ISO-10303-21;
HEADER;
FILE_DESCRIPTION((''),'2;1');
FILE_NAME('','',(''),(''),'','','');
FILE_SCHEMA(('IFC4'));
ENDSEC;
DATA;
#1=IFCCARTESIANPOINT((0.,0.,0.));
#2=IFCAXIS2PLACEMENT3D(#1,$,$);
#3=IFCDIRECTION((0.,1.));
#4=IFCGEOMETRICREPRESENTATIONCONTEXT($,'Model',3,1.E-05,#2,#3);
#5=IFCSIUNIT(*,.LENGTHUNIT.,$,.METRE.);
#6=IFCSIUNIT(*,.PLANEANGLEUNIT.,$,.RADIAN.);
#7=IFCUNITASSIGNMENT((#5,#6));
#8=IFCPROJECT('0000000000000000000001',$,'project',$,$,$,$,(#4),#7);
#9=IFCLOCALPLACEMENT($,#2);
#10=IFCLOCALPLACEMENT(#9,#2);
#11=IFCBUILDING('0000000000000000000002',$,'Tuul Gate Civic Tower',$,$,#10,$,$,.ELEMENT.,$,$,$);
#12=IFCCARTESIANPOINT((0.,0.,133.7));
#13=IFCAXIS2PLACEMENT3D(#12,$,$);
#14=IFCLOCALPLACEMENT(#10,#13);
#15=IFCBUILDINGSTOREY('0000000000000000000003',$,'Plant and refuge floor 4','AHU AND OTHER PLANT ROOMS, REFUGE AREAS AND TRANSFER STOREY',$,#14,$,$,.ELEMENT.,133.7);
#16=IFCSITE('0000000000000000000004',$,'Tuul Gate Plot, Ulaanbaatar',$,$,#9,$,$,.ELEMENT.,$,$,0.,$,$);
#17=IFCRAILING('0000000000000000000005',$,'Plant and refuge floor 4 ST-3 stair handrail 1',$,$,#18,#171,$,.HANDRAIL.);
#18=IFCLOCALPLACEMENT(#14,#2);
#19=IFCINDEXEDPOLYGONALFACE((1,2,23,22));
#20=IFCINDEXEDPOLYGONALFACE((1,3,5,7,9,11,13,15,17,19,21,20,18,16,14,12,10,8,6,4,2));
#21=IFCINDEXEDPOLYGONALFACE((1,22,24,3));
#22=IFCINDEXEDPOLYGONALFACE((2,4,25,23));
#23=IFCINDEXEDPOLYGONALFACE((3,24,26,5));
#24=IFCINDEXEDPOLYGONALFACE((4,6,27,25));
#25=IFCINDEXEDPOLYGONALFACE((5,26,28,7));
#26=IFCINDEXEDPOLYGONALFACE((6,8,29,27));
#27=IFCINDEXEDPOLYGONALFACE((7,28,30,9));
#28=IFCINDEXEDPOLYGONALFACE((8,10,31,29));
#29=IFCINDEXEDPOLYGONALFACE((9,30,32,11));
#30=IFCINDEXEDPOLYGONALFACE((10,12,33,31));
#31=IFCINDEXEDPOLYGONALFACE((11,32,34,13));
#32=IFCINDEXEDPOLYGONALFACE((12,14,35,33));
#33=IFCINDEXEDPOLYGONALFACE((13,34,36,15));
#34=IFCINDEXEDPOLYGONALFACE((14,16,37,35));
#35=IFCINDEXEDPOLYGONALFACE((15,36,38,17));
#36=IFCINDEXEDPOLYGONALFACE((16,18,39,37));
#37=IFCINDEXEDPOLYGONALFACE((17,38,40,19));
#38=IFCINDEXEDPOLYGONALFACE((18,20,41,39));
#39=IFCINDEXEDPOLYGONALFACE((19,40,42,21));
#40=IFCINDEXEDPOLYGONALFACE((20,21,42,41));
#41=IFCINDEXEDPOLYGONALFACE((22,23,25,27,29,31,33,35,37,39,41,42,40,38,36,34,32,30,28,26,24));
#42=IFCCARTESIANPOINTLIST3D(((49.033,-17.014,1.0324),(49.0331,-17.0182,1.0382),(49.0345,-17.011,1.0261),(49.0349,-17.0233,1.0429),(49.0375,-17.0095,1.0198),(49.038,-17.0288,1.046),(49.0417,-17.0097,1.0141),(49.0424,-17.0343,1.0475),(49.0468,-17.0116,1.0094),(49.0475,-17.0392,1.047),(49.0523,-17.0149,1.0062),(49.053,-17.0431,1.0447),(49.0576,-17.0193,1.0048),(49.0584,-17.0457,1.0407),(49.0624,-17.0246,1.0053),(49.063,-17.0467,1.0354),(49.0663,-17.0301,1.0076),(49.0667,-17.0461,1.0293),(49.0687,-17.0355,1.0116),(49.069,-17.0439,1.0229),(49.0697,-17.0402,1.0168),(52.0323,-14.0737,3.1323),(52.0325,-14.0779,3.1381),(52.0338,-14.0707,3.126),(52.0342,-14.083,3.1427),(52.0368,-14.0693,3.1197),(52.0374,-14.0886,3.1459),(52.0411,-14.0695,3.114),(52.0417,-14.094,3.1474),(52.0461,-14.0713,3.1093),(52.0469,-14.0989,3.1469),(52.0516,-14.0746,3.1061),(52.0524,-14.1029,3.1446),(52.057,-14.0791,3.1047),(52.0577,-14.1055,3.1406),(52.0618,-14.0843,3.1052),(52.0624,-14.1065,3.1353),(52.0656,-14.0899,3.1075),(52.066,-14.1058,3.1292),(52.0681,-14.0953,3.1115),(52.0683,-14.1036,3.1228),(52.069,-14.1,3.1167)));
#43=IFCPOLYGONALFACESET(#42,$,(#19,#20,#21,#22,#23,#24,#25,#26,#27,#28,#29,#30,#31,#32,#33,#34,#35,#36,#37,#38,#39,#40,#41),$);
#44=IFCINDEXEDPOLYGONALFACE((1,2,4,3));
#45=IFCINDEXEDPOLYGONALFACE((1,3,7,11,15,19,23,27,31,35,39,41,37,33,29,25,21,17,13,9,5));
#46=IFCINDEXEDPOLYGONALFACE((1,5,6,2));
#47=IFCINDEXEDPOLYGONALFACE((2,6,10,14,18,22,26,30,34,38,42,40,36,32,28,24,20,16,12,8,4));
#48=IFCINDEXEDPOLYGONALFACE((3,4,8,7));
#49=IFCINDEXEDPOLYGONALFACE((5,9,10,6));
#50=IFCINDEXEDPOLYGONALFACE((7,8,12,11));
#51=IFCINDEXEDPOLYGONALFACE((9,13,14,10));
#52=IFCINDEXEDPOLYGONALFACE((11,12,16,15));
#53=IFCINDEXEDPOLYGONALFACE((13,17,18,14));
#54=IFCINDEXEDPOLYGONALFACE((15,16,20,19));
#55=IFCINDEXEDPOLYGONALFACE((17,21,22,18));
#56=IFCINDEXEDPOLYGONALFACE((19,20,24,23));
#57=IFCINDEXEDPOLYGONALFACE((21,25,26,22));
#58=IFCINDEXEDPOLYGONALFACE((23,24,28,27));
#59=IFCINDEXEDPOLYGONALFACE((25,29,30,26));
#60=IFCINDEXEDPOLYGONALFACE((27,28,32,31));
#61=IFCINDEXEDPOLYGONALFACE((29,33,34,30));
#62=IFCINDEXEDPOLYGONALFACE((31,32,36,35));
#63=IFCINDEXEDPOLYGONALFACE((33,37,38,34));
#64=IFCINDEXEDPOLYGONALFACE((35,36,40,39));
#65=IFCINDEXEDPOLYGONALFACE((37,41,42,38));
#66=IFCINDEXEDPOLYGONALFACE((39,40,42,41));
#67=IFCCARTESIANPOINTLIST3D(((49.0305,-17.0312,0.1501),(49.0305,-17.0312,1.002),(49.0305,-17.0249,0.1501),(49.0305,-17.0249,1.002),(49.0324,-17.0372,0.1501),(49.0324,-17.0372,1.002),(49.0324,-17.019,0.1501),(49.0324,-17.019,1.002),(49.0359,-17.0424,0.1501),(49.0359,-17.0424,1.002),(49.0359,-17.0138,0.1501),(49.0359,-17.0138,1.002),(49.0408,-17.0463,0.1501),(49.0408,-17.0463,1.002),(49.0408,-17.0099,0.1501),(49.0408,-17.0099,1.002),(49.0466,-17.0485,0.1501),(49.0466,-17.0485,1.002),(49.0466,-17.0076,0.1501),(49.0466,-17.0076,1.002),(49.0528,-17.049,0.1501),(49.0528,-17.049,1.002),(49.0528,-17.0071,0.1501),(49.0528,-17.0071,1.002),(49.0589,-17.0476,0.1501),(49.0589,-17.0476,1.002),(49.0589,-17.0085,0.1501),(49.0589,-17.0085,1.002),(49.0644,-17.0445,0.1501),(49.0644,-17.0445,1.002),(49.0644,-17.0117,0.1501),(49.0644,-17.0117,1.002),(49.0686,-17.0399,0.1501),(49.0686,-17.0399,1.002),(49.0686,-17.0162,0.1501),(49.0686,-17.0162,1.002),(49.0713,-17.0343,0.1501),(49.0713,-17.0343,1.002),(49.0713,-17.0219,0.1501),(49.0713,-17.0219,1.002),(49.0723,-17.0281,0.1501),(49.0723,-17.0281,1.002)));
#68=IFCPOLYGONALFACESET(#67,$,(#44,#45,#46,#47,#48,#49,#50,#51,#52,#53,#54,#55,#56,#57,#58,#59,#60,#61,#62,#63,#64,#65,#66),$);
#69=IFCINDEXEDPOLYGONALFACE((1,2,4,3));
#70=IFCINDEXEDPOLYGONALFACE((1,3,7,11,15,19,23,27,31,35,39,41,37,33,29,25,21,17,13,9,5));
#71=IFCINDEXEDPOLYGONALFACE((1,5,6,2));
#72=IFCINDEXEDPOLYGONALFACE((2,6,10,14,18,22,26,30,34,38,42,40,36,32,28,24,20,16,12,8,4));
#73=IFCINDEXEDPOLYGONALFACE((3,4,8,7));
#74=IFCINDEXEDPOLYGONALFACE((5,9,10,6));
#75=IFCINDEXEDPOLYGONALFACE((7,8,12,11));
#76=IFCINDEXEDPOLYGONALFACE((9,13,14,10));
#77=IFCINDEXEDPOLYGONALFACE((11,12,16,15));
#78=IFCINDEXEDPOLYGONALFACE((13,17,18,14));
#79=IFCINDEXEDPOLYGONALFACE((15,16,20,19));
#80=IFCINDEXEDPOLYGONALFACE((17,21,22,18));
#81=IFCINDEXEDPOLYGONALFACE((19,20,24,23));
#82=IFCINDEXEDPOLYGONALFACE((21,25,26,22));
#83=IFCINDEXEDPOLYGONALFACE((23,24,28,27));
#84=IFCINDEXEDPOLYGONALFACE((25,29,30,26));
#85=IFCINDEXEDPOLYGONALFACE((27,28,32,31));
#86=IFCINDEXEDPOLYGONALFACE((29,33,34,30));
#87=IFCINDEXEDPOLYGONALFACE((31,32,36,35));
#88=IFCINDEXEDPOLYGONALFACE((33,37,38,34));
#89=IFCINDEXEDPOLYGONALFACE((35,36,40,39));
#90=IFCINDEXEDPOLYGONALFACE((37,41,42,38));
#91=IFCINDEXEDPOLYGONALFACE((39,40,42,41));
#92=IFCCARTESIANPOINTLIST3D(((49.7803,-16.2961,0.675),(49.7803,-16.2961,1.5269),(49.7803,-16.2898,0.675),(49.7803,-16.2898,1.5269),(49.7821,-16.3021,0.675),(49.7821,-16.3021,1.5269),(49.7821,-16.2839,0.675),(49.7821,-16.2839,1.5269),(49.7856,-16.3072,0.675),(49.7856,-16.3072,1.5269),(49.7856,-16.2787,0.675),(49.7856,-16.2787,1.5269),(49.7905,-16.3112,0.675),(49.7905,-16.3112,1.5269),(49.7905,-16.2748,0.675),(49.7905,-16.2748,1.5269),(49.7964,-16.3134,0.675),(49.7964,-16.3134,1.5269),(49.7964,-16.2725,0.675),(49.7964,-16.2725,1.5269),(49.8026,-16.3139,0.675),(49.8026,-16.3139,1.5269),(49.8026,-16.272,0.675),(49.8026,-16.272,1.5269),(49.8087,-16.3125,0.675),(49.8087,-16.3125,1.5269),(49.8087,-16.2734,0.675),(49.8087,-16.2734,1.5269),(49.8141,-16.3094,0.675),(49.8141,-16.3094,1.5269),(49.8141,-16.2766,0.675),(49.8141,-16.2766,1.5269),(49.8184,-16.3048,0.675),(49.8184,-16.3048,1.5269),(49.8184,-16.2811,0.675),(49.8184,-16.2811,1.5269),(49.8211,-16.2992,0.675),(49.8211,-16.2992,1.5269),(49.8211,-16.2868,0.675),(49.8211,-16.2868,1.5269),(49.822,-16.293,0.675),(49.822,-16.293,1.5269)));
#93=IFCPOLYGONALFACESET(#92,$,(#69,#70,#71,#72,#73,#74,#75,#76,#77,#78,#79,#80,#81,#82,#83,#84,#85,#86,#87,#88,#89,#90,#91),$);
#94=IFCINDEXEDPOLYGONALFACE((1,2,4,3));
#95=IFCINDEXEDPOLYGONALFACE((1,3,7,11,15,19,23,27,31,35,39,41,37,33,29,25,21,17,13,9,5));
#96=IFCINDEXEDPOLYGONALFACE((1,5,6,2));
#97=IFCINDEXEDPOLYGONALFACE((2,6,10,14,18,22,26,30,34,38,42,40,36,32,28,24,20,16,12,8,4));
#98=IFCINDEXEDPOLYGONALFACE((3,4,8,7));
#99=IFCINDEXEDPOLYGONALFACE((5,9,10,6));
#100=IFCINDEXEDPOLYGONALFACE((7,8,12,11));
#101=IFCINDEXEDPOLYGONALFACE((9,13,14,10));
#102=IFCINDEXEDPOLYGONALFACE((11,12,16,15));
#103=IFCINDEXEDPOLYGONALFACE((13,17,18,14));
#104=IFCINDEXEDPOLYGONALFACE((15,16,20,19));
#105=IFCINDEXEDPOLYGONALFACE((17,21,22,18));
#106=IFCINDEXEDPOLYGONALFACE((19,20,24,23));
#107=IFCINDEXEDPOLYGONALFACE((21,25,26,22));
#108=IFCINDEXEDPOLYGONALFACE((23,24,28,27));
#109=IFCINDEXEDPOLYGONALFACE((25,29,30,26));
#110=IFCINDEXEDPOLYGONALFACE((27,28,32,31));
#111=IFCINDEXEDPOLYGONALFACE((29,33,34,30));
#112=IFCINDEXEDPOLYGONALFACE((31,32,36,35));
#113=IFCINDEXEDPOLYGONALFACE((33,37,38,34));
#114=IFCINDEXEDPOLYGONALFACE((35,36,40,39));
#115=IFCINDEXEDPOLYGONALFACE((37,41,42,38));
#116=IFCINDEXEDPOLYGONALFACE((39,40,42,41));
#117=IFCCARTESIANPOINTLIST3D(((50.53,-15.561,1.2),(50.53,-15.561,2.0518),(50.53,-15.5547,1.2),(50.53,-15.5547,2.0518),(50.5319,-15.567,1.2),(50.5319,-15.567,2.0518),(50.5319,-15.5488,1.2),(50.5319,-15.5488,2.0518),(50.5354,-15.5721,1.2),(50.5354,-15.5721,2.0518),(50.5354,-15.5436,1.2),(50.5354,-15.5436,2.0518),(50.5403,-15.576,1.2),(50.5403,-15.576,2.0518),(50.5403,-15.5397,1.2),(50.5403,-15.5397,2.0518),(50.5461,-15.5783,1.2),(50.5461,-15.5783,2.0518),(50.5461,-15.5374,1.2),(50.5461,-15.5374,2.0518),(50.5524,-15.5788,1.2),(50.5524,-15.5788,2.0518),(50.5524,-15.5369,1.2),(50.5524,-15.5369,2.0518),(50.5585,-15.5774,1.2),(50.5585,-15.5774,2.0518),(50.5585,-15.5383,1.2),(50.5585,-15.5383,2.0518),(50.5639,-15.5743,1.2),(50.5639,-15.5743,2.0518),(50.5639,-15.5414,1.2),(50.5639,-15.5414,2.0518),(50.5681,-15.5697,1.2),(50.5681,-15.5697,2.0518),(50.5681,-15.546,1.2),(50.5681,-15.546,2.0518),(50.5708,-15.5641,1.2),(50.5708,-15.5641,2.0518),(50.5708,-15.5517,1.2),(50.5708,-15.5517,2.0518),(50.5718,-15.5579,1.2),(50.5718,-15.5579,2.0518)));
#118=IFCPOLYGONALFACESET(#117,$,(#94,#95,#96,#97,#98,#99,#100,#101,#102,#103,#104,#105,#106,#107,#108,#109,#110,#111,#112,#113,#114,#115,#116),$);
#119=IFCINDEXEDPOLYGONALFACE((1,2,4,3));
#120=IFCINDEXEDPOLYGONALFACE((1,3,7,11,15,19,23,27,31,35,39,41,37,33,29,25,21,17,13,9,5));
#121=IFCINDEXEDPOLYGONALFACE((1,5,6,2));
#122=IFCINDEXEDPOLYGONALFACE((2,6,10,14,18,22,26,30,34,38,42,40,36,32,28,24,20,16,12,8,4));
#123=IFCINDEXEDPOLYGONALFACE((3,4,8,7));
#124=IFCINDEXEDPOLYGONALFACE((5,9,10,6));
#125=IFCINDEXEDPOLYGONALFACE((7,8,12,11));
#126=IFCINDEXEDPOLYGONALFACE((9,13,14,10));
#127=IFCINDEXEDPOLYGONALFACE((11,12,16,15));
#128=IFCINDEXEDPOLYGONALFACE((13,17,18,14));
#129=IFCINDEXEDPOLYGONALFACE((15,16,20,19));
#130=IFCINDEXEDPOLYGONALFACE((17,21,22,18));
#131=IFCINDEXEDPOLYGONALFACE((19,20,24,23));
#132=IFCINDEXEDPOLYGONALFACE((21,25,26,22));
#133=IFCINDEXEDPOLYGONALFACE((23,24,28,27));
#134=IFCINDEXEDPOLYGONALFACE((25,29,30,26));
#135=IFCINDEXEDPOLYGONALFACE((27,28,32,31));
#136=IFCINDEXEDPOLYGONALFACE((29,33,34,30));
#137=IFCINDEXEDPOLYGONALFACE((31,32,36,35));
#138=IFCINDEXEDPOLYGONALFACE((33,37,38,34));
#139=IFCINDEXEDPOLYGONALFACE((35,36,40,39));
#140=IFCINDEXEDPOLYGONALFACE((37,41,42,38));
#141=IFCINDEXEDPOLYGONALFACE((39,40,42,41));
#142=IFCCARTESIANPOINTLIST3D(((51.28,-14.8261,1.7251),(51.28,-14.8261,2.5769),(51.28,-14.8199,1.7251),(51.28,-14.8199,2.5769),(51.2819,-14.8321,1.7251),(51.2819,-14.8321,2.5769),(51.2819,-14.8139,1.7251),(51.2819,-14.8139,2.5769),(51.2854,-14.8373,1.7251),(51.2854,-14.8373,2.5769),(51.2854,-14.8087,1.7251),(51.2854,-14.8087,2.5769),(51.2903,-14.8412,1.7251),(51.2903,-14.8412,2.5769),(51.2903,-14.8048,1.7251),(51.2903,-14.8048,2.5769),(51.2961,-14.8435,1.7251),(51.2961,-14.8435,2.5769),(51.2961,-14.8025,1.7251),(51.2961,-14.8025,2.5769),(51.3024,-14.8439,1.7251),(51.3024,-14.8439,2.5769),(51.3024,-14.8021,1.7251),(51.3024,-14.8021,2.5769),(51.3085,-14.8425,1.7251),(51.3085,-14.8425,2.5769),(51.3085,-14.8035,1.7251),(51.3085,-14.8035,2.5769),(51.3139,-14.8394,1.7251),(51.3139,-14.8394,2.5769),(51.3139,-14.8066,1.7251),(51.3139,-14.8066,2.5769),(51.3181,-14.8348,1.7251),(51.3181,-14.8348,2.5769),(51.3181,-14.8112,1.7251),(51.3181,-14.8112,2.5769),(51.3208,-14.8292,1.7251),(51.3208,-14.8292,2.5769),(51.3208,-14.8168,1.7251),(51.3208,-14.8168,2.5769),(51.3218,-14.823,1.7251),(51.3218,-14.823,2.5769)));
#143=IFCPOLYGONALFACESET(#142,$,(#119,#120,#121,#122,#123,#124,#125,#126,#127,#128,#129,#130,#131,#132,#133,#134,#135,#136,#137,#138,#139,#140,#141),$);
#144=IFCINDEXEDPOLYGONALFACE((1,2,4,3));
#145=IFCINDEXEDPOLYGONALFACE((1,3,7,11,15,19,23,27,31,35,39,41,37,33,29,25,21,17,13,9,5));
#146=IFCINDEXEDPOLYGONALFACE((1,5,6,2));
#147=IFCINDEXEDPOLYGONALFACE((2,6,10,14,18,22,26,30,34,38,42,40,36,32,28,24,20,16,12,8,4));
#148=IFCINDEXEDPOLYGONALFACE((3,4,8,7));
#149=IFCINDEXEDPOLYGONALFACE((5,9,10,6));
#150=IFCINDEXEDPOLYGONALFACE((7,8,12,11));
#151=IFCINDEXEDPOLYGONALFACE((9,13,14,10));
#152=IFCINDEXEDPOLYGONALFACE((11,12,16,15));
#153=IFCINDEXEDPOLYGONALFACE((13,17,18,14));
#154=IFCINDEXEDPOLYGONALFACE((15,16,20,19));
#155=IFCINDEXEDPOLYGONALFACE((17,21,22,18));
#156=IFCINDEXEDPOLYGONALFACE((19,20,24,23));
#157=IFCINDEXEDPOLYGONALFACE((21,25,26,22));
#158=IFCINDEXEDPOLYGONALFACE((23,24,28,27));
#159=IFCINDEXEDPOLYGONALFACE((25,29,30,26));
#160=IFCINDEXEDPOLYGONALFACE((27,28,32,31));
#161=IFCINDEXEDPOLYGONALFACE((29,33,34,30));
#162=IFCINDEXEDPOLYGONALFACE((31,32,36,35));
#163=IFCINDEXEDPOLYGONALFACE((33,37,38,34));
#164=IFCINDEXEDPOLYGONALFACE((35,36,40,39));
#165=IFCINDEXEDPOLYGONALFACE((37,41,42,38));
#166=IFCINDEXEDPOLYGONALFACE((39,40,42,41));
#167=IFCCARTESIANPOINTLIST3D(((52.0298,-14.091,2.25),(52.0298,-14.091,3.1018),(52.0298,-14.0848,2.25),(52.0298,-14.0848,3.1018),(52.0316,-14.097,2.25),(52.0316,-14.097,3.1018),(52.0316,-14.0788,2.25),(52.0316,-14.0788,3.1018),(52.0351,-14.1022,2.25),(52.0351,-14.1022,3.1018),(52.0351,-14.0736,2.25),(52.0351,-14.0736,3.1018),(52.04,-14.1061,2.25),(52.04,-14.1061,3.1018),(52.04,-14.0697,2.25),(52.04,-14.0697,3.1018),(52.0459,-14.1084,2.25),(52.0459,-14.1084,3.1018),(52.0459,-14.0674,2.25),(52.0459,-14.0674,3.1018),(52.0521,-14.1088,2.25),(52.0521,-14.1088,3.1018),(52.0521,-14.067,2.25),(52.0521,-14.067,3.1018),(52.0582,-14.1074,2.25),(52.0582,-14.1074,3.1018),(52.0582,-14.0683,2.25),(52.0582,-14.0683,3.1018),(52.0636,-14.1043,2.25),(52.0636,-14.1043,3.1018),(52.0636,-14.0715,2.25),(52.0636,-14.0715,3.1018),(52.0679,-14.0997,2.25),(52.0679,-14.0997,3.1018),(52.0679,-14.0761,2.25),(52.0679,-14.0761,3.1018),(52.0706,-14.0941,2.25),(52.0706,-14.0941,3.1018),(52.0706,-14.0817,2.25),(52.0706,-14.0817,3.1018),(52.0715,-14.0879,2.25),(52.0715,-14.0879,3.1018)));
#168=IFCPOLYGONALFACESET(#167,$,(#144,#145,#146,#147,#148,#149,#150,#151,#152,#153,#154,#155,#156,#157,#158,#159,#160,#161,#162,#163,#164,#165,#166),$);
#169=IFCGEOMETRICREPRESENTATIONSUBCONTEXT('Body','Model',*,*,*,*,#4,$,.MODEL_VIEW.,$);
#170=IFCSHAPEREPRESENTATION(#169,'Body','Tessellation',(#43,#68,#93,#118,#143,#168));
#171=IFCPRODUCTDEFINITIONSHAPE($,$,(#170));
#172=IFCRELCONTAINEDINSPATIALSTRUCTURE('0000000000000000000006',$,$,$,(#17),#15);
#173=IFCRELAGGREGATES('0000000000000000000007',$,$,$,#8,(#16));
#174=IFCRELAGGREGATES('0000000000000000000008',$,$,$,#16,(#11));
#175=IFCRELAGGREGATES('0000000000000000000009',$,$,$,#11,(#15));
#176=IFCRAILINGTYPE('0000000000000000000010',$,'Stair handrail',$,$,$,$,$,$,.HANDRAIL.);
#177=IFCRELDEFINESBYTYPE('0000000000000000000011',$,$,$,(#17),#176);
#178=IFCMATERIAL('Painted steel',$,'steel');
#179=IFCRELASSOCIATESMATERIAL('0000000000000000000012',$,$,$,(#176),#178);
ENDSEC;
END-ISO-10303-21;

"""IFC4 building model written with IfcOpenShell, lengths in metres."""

from ifc_helpers import new_model, si_unit, direction, frame, origin, origin_2d, place, context, subcontext, project, spatial, circle, extrude, material, type_object, element, save


model = new_model("IFC4")

# Units and contexts
model_context = context("Model", 3, precision=1e-05, world=origin(), true_north=direction((0.0, 1.0)))
body_context = subcontext(model_context, "Body", "Model", "MODEL_VIEW")
ifc_project = project(units=[si_unit("LENGTHUNIT", "METRE"), si_unit("PLANEANGLEUNIT", "RADIAN")], contexts=[model_context])

# Site, building, storey
site_placement = place(None, origin())
site = spatial("IfcSite", under=ifc_project, at=site_placement, Name="Tuul Gate Plot, Ulaanbaatar", CompositionType="ELEMENT", RefElevation=0.0)
building_placement = place(site_placement, origin())
building = spatial("IfcBuilding", under=site, at=building_placement, Name="Tuul Gate Civic Tower", CompositionType="ELEMENT")
storey_placement = place(building_placement, frame((0.0, 0.0, 133.7)))
storey = spatial("IfcBuildingStorey", under=building, at=storey_placement, Name="Plant and refuge floor 4", Description="AHU AND OTHER PLANT ROOMS, REFUGE AREAS AND TRANSFER STOREY", CompositionType="ELEMENT", Elevation=133.7)

# Railing
ifc_material_1 = material(Name="Painted steel", Category="steel")
railing_type_1 = type_object("IfcRailingType", Name="Stair handrail", PredefinedType="HANDRAIL", material=ifc_material_1)
railing_1_placement = place(storey_placement, frame((49.0513, -17.0281, 0.1501)))
element("IfcRailing", 1, at=railing_1_placement, inside=storey, type_object=railing_type_1, Name="Plant and refuge floor 4 ST-3 stair handrail 1", PredefinedType="HANDRAIL", context=body_context, shape_type="SweptSolid", body=[
    extrude(circle(Radius=0.0239, at=origin_2d()), frame((0.0, 0.0, 0.876), z_axis=(0.638725, 0.626143, 0.447186), x_axis=(-0.700038, 0.714105, 0.0)), (0.0, 0.0, 1.0), 4.6958),
    extrude(circle(Radius=0.021, at=origin_2d()), origin(), (0.0, 0.0, 1.0), 0.8518),
    extrude(circle(Radius=0.021, at=origin_2d()), frame((0.7498, 0.7351, 0.5249)), (0.0, 0.0, 1.0), 0.8518),
    extrude(circle(Radius=0.021, at=origin_2d()), frame((1.4995, 1.4702, 1.0498)), (0.0, 0.0, 1.0), 0.8518),
    extrude(circle(Radius=0.021, at=origin_2d()), frame((2.2495, 2.2051, 1.575)), (0.0, 0.0, 1.0), 0.8518),
    extrude(circle(Radius=0.021, at=origin_2d()), frame((2.9993, 2.9402, 2.0999)), (0.0, 0.0, 1.0), 0.8518),
])

save(model, "model.ifc")
